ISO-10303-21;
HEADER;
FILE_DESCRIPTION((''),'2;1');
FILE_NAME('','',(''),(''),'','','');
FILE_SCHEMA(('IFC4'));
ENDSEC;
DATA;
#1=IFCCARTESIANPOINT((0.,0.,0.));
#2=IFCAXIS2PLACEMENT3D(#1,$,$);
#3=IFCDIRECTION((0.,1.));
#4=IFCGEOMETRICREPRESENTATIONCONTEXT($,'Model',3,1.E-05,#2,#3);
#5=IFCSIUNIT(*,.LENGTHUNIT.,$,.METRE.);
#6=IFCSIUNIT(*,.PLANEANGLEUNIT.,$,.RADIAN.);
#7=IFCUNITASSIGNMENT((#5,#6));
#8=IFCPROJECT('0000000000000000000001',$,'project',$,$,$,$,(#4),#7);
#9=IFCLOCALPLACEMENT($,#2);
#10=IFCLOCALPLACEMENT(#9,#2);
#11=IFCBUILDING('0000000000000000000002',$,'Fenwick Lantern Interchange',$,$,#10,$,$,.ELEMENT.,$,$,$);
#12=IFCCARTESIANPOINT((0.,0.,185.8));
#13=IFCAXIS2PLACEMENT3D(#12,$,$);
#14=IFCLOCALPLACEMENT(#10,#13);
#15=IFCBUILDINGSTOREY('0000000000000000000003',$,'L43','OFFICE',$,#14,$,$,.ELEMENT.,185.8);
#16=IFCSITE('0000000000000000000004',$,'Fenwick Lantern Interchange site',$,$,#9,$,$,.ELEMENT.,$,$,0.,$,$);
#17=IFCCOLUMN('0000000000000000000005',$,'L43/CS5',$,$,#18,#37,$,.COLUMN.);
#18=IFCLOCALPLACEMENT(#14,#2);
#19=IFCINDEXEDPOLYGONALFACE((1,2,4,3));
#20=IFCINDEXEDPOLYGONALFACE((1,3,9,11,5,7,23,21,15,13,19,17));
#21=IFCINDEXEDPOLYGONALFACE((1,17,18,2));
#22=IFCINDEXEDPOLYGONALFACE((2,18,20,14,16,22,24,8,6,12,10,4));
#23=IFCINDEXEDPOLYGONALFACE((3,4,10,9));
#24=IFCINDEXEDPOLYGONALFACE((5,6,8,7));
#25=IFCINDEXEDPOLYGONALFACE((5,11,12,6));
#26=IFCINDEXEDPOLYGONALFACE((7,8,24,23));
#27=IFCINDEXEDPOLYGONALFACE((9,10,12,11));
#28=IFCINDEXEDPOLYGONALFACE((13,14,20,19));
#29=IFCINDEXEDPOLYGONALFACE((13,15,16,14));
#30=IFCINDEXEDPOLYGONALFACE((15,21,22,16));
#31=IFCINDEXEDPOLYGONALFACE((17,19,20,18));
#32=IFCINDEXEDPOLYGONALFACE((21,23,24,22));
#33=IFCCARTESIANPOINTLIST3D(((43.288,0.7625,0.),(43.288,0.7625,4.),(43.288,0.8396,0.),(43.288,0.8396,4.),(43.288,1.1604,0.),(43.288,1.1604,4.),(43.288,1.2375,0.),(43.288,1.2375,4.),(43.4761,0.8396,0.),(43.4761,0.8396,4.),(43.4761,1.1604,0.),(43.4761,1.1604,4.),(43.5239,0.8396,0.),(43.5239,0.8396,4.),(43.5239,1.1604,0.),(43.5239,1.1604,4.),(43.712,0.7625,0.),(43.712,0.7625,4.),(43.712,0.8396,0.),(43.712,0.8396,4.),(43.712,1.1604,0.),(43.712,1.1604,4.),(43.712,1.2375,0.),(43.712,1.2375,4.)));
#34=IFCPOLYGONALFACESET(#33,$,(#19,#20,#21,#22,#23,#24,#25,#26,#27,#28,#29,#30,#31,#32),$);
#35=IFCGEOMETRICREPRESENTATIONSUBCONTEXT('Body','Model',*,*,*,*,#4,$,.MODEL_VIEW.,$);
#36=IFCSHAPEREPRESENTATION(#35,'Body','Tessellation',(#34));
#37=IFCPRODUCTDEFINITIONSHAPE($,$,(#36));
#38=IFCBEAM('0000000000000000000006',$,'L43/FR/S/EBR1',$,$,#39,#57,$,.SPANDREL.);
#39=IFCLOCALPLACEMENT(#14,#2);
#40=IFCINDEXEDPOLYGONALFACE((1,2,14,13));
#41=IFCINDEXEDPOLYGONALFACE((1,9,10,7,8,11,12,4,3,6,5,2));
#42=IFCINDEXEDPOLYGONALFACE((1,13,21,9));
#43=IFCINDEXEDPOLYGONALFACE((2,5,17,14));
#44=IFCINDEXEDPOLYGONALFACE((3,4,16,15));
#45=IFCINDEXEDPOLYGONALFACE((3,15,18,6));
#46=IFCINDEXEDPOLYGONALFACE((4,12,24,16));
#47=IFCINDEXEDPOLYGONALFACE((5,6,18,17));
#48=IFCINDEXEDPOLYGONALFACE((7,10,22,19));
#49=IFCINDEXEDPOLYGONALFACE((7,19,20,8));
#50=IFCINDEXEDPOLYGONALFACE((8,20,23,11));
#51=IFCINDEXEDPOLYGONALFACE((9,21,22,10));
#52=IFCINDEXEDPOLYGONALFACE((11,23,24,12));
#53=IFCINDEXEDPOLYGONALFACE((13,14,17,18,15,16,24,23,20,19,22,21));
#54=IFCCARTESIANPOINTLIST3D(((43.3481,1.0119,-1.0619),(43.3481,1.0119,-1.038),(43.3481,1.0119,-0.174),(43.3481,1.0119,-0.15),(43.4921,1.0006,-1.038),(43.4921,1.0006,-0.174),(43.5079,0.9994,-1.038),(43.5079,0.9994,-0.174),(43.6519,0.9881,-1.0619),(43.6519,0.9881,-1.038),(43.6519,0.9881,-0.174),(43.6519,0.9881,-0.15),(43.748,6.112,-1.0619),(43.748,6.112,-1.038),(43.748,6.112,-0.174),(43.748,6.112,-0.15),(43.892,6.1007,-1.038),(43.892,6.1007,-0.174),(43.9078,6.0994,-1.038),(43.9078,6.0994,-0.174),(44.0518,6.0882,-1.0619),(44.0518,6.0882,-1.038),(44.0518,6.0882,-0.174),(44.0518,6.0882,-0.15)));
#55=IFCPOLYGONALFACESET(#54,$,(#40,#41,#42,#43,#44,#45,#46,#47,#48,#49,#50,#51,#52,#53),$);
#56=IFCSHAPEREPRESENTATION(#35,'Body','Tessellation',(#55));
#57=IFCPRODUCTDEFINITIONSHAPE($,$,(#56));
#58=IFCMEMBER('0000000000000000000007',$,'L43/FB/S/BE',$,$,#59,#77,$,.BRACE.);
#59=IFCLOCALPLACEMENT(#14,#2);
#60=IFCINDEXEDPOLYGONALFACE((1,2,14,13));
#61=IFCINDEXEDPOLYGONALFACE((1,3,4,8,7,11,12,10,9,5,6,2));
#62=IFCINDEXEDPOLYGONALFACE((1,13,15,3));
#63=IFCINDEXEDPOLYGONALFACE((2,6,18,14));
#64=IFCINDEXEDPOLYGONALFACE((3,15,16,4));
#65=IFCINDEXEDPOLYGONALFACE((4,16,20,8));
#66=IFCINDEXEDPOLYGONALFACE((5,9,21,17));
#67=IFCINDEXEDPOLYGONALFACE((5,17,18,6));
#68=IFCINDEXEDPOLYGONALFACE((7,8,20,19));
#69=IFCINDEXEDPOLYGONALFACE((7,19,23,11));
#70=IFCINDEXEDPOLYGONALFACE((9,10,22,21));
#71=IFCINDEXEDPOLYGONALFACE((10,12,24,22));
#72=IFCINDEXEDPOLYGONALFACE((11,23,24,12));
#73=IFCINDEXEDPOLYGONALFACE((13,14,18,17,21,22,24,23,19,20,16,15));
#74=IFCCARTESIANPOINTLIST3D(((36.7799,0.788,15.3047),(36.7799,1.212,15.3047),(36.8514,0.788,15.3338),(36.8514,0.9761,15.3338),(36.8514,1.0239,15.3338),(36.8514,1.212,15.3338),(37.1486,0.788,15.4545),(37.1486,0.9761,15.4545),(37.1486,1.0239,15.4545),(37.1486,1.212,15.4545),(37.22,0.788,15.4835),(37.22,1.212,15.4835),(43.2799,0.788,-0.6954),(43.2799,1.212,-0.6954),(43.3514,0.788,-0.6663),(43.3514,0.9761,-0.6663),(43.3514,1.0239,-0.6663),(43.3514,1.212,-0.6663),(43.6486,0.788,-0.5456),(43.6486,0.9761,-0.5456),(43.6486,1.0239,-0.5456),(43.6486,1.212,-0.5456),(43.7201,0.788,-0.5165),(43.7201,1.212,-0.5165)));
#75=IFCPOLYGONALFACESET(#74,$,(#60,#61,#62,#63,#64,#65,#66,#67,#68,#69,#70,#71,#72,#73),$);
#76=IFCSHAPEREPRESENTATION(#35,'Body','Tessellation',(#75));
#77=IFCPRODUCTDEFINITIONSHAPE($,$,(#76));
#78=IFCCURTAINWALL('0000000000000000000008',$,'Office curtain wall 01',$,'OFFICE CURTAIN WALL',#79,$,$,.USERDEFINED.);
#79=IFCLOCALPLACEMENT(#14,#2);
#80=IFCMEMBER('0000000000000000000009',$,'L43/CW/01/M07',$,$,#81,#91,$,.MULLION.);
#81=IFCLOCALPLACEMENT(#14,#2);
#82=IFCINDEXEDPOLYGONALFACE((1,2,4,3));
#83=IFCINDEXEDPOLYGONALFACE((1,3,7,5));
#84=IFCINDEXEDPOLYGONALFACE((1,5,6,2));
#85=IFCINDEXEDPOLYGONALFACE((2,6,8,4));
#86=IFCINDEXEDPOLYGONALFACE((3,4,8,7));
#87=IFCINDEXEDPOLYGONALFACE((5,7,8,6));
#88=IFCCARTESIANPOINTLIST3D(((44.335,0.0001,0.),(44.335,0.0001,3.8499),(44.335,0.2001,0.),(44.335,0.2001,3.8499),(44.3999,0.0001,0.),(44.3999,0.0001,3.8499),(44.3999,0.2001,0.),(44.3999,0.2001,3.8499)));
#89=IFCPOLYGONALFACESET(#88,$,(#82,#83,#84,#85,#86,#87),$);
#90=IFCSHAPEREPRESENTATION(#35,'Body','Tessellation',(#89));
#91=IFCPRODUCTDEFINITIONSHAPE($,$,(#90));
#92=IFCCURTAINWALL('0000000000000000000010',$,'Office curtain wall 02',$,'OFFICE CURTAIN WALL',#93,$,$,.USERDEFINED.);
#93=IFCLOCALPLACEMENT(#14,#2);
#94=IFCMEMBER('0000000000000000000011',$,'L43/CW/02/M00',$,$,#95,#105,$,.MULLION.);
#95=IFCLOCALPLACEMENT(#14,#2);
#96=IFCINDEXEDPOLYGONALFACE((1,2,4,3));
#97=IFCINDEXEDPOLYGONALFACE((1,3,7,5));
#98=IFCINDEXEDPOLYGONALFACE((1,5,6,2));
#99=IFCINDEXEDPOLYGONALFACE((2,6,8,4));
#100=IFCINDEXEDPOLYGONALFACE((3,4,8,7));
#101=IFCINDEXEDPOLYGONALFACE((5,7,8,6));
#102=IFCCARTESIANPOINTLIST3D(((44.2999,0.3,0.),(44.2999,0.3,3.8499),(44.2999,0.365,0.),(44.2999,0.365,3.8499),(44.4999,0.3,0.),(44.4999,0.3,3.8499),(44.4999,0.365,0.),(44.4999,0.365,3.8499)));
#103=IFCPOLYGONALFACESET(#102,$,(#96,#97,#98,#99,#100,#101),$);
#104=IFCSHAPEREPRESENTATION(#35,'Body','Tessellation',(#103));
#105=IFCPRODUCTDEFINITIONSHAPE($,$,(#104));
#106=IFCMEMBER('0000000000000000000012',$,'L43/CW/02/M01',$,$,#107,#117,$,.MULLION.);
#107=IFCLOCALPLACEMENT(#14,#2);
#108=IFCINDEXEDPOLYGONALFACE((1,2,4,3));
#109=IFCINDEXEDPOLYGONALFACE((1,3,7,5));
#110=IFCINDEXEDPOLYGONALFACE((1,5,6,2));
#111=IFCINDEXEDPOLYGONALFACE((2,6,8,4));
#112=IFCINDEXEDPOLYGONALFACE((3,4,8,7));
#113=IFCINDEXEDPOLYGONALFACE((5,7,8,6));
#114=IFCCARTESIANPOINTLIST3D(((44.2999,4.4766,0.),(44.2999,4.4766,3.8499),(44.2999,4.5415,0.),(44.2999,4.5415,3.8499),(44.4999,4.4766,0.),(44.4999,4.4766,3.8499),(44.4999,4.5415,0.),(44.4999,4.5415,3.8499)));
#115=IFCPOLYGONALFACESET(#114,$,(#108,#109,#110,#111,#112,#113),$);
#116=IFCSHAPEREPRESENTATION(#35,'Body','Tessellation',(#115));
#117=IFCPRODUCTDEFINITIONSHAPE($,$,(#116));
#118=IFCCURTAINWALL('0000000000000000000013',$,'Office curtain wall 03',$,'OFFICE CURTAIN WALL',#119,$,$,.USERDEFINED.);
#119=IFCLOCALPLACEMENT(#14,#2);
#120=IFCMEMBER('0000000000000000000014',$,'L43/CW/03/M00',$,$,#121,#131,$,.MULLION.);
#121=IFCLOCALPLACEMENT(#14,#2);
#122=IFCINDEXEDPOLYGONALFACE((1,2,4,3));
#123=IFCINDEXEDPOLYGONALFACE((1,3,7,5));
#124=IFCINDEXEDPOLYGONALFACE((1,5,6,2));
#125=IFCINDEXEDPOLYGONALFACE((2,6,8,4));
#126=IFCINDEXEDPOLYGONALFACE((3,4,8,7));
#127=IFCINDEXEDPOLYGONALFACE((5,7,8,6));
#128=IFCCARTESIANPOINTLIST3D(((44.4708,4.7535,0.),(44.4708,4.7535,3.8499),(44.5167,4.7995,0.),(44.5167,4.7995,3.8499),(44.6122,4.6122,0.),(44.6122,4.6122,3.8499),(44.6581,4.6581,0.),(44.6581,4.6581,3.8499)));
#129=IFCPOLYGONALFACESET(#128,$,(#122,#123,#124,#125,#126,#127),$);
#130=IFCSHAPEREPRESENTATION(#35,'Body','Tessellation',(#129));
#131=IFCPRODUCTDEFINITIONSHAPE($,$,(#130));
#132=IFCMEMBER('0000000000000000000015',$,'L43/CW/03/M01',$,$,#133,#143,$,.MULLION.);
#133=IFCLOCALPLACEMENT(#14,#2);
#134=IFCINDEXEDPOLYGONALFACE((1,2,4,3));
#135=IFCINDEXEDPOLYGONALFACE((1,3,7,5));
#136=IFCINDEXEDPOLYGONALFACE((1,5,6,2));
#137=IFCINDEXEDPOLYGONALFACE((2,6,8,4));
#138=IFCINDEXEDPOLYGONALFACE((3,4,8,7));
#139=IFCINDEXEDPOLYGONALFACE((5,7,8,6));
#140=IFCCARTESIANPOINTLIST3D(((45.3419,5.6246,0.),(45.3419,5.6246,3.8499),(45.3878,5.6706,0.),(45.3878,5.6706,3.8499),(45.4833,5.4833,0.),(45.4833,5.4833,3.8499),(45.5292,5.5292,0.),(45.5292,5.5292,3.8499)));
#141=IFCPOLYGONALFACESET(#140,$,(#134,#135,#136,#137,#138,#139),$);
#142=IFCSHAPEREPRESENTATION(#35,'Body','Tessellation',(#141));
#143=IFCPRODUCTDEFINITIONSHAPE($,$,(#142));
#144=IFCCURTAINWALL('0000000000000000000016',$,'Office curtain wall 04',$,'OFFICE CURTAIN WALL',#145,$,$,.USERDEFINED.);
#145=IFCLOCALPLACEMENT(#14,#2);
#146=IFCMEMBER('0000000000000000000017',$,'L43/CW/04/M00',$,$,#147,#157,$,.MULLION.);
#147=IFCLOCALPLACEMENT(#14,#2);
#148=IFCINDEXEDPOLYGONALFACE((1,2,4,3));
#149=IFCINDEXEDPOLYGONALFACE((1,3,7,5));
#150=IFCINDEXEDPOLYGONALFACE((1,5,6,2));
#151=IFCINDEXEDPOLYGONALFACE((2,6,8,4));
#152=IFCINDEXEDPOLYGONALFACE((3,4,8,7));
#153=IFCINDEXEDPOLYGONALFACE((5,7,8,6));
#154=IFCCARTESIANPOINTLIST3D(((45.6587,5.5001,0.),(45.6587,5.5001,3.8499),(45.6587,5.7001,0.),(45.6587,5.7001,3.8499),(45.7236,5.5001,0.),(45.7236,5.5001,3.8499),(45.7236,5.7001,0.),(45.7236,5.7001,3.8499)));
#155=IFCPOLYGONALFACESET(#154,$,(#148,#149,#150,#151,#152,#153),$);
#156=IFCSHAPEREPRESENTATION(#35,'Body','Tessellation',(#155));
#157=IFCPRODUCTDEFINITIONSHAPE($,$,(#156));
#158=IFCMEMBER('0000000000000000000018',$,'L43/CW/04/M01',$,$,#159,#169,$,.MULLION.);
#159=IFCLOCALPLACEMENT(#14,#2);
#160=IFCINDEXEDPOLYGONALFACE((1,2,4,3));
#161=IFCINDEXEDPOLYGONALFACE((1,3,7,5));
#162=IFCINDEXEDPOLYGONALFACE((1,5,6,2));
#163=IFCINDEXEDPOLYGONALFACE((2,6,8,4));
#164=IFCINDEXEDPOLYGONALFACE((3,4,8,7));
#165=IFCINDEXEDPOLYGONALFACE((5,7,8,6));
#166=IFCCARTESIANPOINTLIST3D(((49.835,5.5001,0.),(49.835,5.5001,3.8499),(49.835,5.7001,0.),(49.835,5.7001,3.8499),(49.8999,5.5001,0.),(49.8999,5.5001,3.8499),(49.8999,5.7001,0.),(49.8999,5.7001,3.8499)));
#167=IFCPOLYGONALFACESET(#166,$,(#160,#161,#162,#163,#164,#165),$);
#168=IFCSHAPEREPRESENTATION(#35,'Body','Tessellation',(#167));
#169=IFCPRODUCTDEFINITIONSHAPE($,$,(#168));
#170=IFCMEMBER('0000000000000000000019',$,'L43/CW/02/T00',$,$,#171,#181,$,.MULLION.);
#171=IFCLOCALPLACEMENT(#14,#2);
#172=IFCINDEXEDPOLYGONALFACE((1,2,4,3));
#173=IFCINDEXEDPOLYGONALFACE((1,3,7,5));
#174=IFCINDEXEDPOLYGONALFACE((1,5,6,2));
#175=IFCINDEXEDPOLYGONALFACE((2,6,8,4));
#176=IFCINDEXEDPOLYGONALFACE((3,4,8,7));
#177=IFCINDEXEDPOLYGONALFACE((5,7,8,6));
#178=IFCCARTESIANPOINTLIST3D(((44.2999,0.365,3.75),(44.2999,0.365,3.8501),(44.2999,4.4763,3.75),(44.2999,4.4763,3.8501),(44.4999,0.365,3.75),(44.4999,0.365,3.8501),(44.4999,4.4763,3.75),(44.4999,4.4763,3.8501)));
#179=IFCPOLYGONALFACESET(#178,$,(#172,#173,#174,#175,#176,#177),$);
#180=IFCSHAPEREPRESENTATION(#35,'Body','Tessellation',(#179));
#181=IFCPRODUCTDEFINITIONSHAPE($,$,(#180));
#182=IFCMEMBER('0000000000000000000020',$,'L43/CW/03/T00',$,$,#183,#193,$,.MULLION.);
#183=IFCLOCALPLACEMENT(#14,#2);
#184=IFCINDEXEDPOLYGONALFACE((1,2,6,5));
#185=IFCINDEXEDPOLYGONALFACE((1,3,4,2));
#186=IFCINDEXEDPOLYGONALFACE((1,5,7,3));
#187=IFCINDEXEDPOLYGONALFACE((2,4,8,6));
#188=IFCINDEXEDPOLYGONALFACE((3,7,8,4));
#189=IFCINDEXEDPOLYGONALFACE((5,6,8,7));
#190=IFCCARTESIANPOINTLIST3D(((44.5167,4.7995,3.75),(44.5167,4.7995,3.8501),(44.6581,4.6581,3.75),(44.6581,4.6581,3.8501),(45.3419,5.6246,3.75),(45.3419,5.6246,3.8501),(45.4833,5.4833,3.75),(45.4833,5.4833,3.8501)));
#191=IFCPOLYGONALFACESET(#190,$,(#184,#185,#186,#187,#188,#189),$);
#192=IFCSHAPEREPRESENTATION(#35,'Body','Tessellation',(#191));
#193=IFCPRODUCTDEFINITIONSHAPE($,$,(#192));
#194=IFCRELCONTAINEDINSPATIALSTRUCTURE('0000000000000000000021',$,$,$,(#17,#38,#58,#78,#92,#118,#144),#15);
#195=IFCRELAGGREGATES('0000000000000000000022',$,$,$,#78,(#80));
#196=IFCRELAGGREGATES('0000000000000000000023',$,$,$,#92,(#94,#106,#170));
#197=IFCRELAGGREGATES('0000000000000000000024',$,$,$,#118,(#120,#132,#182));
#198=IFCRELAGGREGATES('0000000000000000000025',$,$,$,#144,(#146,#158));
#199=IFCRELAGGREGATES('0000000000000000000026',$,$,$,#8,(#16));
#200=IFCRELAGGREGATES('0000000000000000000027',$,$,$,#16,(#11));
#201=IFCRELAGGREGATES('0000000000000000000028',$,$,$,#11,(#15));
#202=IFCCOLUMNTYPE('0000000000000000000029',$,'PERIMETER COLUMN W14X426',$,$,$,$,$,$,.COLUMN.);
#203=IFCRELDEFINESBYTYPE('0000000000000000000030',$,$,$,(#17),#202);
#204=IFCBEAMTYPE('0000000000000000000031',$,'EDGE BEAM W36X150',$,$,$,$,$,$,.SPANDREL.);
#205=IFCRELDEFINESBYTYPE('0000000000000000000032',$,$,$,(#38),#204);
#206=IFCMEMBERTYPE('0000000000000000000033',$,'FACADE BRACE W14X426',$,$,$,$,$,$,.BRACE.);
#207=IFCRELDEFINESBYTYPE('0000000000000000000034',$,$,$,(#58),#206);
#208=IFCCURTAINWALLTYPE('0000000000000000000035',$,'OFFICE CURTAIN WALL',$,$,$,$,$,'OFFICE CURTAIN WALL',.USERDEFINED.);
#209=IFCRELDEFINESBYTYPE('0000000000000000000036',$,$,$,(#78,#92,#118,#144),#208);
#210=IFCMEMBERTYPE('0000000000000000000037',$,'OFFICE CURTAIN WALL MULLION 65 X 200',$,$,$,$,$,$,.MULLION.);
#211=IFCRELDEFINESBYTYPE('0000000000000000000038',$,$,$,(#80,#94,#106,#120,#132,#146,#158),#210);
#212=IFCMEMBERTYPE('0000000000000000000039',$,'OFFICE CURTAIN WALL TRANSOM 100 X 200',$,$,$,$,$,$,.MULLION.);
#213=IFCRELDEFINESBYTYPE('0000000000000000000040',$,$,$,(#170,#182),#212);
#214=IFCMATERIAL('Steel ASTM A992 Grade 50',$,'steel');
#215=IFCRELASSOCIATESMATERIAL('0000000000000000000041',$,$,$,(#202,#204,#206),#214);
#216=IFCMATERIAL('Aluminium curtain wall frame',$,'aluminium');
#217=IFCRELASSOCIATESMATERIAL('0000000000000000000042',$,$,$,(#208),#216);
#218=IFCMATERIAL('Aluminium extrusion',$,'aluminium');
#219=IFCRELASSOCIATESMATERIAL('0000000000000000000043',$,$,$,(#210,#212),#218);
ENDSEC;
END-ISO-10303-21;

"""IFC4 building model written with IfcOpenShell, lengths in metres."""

from ifc_helpers import new_model, si_unit, direction, frame, origin, origin_2d, place, context, subcontext, project, spatial, rectangle, i_section, extrude, material, material_profile, profile_set, type_object, element, aggregate, save


model = new_model("IFC4")

# Units and contexts
model_context = context("Model", 3, precision=1e-05, world=origin(), true_north=direction((0.0, 1.0)))
body_context = subcontext(model_context, "Body", "Model", "MODEL_VIEW")
ifc_project = project(units=[si_unit("LENGTHUNIT", "METRE"), si_unit("PLANEANGLEUNIT", "RADIAN")], contexts=[model_context])

# Site, building, storey
site_placement = place(None, origin())
site = spatial("IfcSite", under=ifc_project, at=site_placement, Name="Fenwick Lantern Interchange site", CompositionType="ELEMENT", RefElevation=0.0)
building_placement = place(site_placement, origin())
building = spatial("IfcBuilding", under=site, at=building_placement, Name="Fenwick Lantern Interchange", CompositionType="ELEMENT")
storey_placement = place(building_placement, frame((0.0, 0.0, 185.8)))
storey = spatial("IfcBuildingStorey", under=building, at=storey_placement, Name="L43", Description="OFFICE", CompositionType="ELEMENT", Elevation=185.8)

# Column
ifc_material_1 = material(Name="Steel ASTM A992 Grade 50", Category="steel")
ifc_material_profile_1 = material_profile(ifc_material_1, i_section(OverallWidth=0.4241, OverallDepth=0.4751, WebThickness=0.0479, FlangeThickness=0.0771, at=origin_2d()), Name="W14X426")
ifc_profile_set_1 = profile_set([ifc_material_profile_1], Name="Steel ASTM A992 Grade 50")
column_type = type_object("IfcColumnType", Name="PERIMETER COLUMN W14X426", PredefinedType="COLUMN", material=ifc_profile_set_1)
column_placement = place(storey_placement, frame((43.5, 1.0, 0.0), z_axis=(0.0, 0.0, 1.0), x_axis=(1.0, 0.0, 0.0)))
element("IfcColumn", 1, at=column_placement, inside=storey, type_object=column_type, Name="L43/CS5", PredefinedType="COLUMN", context=body_context, shape_type="SweptSolid", body=[
    extrude(i_section(OverallWidth=0.4241, OverallDepth=0.4751, WebThickness=0.0479, FlangeThickness=0.0771, at=origin_2d()), origin(), (0.0, 0.0, 1.0), 4.0),
])

# Beam
ifc_material_profile_2 = material_profile(ifc_material_1, i_section(OverallWidth=0.3047, OverallDepth=0.9119, WebThickness=0.0159, FlangeThickness=0.0239, at=origin_2d()), Name="W36X150")
ifc_profile_set_2 = profile_set([ifc_material_profile_2], Name="Steel ASTM A992 Grade 50")
beam_type = type_object("IfcBeamType", Name="EDGE BEAM W36X150", PredefinedType="SPANDREL", material=ifc_profile_set_2)
beam_placement = place(storey_placement, frame((43.5, 1.0, -0.606), z_axis=(0.078171, 0.99694, 0.0), x_axis=(-0.99694, 0.078171, 0.0)))
element("IfcBeam", 2, at=beam_placement, inside=storey, type_object=beam_type, Name="L43/FR/S/EBR1", PredefinedType="SPANDREL", context=body_context, shape_type="SweptSolid", body=[
    extrude(i_section(OverallWidth=0.3047, OverallDepth=0.9119, WebThickness=0.0159, FlangeThickness=0.0239, at=origin_2d()), origin(), (0.0, 0.0, 1.0), 5.1157),
])

# Member
ifc_material_profile_3 = material_profile(ifc_material_1, i_section(OverallWidth=0.4241, OverallDepth=0.4751, WebThickness=0.0479, FlangeThickness=0.0771, at=origin_2d()), Name="W14X426")
ifc_profile_set_3 = profile_set([ifc_material_profile_3], Name="Steel ASTM A992 Grade 50")
member_type_1 = type_object("IfcMemberType", Name="FACADE BRACE W14X426", PredefinedType="BRACE", material=ifc_profile_set_3)
member_1_placement = place(storey_placement, frame((43.5, 1.0, -0.606), z_axis=(-0.376377, 0.0, 0.926467), x_axis=(0.0, -1.0, 0.0)))
element("IfcMember", 3, at=member_1_placement, inside=storey, type_object=member_type_1, Name="L43/FB/S/BE", PredefinedType="BRACE", context=body_context, shape_type="SweptSolid", body=[
    extrude(i_section(OverallWidth=0.4241, OverallDepth=0.4751, WebThickness=0.0479, FlangeThickness=0.0771, at=origin_2d()), origin(), (0.0, 0.0, 1.0), 17.27),
])

# Curtain wall, member
ifc_material_2 = material(Name="Aluminium curtain wall frame", Category="aluminium")
curtain_wall_type = type_object("IfcCurtainWallType", Name="OFFICE CURTAIN WALL", ElementType="OFFICE CURTAIN WALL", PredefinedType="USERDEFINED", material=ifc_material_2)
curtain_wall_1_placement = place(storey_placement, origin())
curtain_wall_1 = element("IfcCurtainWall", 4, at=curtain_wall_1_placement, inside=storey, type_object=curtain_wall_type, Name="Office curtain wall 01", ObjectType="OFFICE CURTAIN WALL", PredefinedType="USERDEFINED")
ifc_material_3 = material(Name="Aluminium extrusion", Category="aluminium")
ifc_material_profile_4 = material_profile(ifc_material_3, rectangle(XDim=0.2, YDim=0.0649, at=origin_2d()), Name="OFFICE CURTAIN WALL MULLION 65 X 200")
ifc_profile_set_4 = profile_set([ifc_material_profile_4], Name="Aluminium extrusion")
member_type_2 = type_object("IfcMemberType", Name="OFFICE CURTAIN WALL MULLION 65 X 200", PredefinedType="MULLION", material=ifc_profile_set_4)
member_2_placement = place(storey_placement, frame((44.3674, 0.1001, 0.0), z_axis=(0.0, 0.0, 1.0), x_axis=(0.0, 1.0, 0.0)))
member_2 = element("IfcMember", 5, at=member_2_placement, type_object=member_type_2, Name="L43/CW/01/M07", PredefinedType="MULLION", context=body_context, shape_type="SweptSolid", body=[
    extrude(rectangle(XDim=0.2, YDim=0.0649, at=origin_2d()), origin(), (0.0, 0.0, 1.0), 3.8499),
])
aggregate(curtain_wall_1, [member_2])

# Curtain walls, members
curtain_wall_2_placement = place(storey_placement, origin())
curtain_wall_2 = element("IfcCurtainWall", 6, at=curtain_wall_2_placement, inside=storey, type_object=curtain_wall_type, Name="Office curtain wall 02", ObjectType="OFFICE CURTAIN WALL", PredefinedType="USERDEFINED")
member_3_placement = place(storey_placement, frame((44.3999, 0.3325, 0.0), z_axis=(0.0, 0.0, 1.0), x_axis=(-1.0, 0.0, 0.0)))
member_3 = element("IfcMember", 7, at=member_3_placement, type_object=member_type_2, Name="L43/CW/02/M00", PredefinedType="MULLION", context=body_context, shape_type="SweptSolid", body=[
    extrude(rectangle(XDim=0.2, YDim=0.0649, at=origin_2d()), origin(), (0.0, 0.0, 1.0), 3.8499),
])
member_4_placement = place(storey_placement, frame((44.3999, 4.509, 0.0), z_axis=(0.0, 0.0, 1.0), x_axis=(-1.0, 0.0, 0.0)))
member_4 = element("IfcMember", 8, at=member_4_placement, type_object=member_type_2, Name="L43/CW/02/M01", PredefinedType="MULLION", context=body_context, shape_type="SweptSolid", body=[
    extrude(rectangle(XDim=0.2, YDim=0.0649, at=origin_2d()), origin(), (0.0, 0.0, 1.0), 3.8499),
])
curtain_wall_3_placement = place(storey_placement, origin())
curtain_wall_3 = element("IfcCurtainWall", 9, at=curtain_wall_3_placement, inside=storey, type_object=curtain_wall_type, Name="Office curtain wall 03", ObjectType="OFFICE CURTAIN WALL", PredefinedType="USERDEFINED")
member_5_placement = place(storey_placement, frame((44.5645, 4.7058, 0.0), z_axis=(0.0, 0.0, 1.0), x_axis=(-0.707107, 0.707107, 0.0)))
member_5 = element("IfcMember", 10, at=member_5_placement, type_object=member_type_2, Name="L43/CW/03/M00", PredefinedType="MULLION", context=body_context, shape_type="SweptSolid", body=[
    extrude(rectangle(XDim=0.2, YDim=0.0649, at=origin_2d()), origin(), (0.0, 0.0, 1.0), 3.8499),
])
member_6_placement = place(storey_placement, frame((45.4355, 5.5769, 0.0), z_axis=(0.0, 0.0, 1.0), x_axis=(-0.707107, 0.707107, 0.0)))
member_6 = element("IfcMember", 11, at=member_6_placement, type_object=member_type_2, Name="L43/CW/03/M01", PredefinedType="MULLION", context=body_context, shape_type="SweptSolid", body=[
    extrude(rectangle(XDim=0.2, YDim=0.0649, at=origin_2d()), origin(), (0.0, 0.0, 1.0), 3.8499),
])
curtain_wall_4_placement = place(storey_placement, origin())
curtain_wall_4 = element("IfcCurtainWall", 12, at=curtain_wall_4_placement, inside=storey, type_object=curtain_wall_type, Name="Office curtain wall 04", ObjectType="OFFICE CURTAIN WALL", PredefinedType="USERDEFINED")
member_7_placement = place(storey_placement, frame((45.6912, 5.6001, 0.0), z_axis=(0.0, 0.0, 1.0), x_axis=(0.0, 1.0, 0.0)))
member_7 = element("IfcMember", 13, at=member_7_placement, type_object=member_type_2, Name="L43/CW/04/M00", PredefinedType="MULLION", context=body_context, shape_type="SweptSolid", body=[
    extrude(rectangle(XDim=0.2, YDim=0.0649, at=origin_2d()), origin(), (0.0, 0.0, 1.0), 3.8499),
])
member_8_placement = place(storey_placement, frame((49.8674, 5.6001, 0.0), z_axis=(0.0, 0.0, 1.0), x_axis=(0.0, 1.0, 0.0)))
member_8 = element("IfcMember", 14, at=member_8_placement, type_object=member_type_2, Name="L43/CW/04/M01", PredefinedType="MULLION", context=body_context, shape_type="SweptSolid", body=[
    extrude(rectangle(XDim=0.2, YDim=0.0649, at=origin_2d()), origin(), (0.0, 0.0, 1.0), 3.8499),
])

# Members
ifc_material_profile_5 = material_profile(ifc_material_3, rectangle(XDim=0.2, YDim=0.1001, at=origin_2d()), Name="OFFICE CURTAIN WALL TRANSOM 100 X 200")
ifc_profile_set_5 = profile_set([ifc_material_profile_5], Name="Aluminium extrusion")
member_type_3 = type_object("IfcMemberType", Name="OFFICE CURTAIN WALL TRANSOM 100 X 200", PredefinedType="MULLION", material=ifc_profile_set_5)
member_9_placement = place(storey_placement, frame((44.3999, 0.365, 3.8), z_axis=(0.0, 1.0, 0.0), x_axis=(-1.0, 0.0, 0.0)))
member_9 = element("IfcMember", 15, at=member_9_placement, type_object=member_type_3, Name="L43/CW/02/T00", PredefinedType="MULLION", context=body_context, shape_type="SweptSolid", body=[
    extrude(rectangle(XDim=0.2, YDim=0.1001, at=origin_2d()), origin(), (0.0, 0.0, 1.0), 4.1113),
])
member_10_placement = place(storey_placement, frame((44.5874, 4.7288, 3.8), z_axis=(0.707107, 0.707107, 0.0), x_axis=(-0.707107, 0.707107, 0.0)))
member_10 = element("IfcMember", 16, at=member_10_placement, type_object=member_type_3, Name="L43/CW/03/T00", PredefinedType="MULLION", context=body_context, shape_type="SweptSolid", body=[
    extrude(rectangle(XDim=0.2, YDim=0.1001, at=origin_2d()), origin(), (0.0, 0.0, 1.0), 1.167),
])

aggregate(curtain_wall_2, [member_3, member_4, member_9])
aggregate(curtain_wall_3, [member_5, member_6, member_10])
aggregate(curtain_wall_4, [member_7, member_8])

save(model, "model.ifc")
